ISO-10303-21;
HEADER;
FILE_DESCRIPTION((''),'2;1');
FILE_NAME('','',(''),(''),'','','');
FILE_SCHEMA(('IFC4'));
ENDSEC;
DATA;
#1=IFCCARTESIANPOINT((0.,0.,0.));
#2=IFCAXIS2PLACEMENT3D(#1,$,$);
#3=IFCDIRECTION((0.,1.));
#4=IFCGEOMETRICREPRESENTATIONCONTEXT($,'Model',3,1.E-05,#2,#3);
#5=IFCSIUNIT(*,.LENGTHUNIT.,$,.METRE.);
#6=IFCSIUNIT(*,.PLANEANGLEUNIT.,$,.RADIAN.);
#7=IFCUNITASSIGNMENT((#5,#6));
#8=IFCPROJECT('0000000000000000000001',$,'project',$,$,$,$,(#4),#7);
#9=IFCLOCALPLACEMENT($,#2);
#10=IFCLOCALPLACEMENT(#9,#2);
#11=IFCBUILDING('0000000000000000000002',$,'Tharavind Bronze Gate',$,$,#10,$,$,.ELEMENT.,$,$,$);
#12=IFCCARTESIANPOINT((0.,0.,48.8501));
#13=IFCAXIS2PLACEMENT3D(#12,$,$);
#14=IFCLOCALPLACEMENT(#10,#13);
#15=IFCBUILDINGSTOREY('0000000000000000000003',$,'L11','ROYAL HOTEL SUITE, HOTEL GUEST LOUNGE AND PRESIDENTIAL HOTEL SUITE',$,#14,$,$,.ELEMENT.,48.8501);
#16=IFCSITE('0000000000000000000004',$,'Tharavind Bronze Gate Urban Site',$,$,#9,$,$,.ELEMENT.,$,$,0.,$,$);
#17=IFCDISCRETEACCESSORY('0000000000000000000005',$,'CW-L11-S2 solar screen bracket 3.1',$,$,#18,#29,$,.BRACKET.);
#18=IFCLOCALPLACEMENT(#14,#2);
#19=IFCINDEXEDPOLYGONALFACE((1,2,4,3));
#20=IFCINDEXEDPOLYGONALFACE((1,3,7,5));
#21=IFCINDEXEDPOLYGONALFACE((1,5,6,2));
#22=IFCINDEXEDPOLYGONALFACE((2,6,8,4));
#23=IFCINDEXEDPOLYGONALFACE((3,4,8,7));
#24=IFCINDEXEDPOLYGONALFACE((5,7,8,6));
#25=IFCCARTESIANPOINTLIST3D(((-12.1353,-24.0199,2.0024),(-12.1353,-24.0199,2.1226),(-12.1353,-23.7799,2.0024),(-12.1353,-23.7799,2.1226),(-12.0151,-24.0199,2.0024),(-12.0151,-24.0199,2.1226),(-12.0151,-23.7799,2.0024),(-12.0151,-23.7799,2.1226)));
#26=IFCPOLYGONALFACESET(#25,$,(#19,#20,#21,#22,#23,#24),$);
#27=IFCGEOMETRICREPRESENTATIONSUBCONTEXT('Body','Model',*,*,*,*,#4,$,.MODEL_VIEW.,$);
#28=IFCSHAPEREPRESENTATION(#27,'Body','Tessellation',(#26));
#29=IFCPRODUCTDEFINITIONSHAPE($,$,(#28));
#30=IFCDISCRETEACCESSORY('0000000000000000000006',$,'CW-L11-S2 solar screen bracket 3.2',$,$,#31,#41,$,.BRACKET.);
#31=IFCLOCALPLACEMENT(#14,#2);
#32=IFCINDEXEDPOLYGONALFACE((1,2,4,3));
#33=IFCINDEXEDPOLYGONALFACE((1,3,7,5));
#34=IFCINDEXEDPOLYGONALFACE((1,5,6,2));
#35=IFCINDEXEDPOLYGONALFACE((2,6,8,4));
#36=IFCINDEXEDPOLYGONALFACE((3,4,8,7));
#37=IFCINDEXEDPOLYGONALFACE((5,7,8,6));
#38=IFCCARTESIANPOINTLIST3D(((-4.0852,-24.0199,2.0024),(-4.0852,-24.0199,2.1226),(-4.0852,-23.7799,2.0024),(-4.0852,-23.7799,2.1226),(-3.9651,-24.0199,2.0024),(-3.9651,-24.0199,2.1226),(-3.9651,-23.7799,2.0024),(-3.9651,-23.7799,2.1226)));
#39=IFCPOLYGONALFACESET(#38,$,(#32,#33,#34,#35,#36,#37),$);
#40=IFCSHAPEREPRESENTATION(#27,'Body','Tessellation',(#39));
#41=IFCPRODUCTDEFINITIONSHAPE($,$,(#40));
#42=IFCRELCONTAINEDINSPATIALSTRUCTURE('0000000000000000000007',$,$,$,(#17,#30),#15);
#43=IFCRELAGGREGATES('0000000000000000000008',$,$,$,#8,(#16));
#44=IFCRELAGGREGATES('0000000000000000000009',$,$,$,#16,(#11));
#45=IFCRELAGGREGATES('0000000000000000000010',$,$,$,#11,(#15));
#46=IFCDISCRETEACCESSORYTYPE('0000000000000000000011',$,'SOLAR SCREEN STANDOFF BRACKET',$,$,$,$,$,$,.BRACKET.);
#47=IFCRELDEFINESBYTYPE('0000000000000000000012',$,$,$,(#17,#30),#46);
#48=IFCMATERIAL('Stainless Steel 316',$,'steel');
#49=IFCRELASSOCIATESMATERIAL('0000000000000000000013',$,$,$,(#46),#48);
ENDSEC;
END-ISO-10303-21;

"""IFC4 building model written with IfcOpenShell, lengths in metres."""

from ifc_helpers import new_model, si_unit, direction, frame, origin, origin_2d, place, context, subcontext, project, spatial, rectangle, extrude, material, type_object, element, save


model = new_model("IFC4")

# Units and contexts
model_context = context("Model", 3, precision=1e-05, world=origin(), true_north=direction((0.0, 1.0)))
body_context = subcontext(model_context, "Body", "Model", "MODEL_VIEW")
ifc_project = project(units=[si_unit("LENGTHUNIT", "METRE"), si_unit("PLANEANGLEUNIT", "RADIAN")], contexts=[model_context])

# Site, building, storey
site_placement = place(None, origin())
site = spatial("IfcSite", under=ifc_project, at=site_placement, Name="Tharavind Bronze Gate Urban Site", CompositionType="ELEMENT", RefElevation=0.0)
building_placement = place(site_placement, origin())
building = spatial("IfcBuilding", under=site, at=building_placement, Name="Tharavind Bronze Gate", CompositionType="ELEMENT")
storey_placement = place(building_placement, frame((0.0, 0.0, 48.8501)))
storey = spatial("IfcBuildingStorey", under=building, at=storey_placement, Name="L11", Description="ROYAL HOTEL SUITE, HOTEL GUEST LOUNGE AND PRESIDENTIAL HOTEL SUITE", CompositionType="ELEMENT", Elevation=48.8501)

# Discrete accessories
ifc_material_1 = material(Name="Stainless Steel 316", Category="steel")
discrete_accessory_type = type_object("IfcDiscreteAccessoryType", Name="SOLAR SCREEN STANDOFF BRACKET", PredefinedType="BRACKET", material=ifc_material_1)
for number, where, z_axis, x_axis, name in (
    (1, (-12.0752, -23.8999, 2.0024), (0.0, 0.0, 1.0), (1.0, 0.0, 0.0), "CW-L11-S2 solar screen bracket 3.1"),
    (2, (-4.0251, -23.8999, 2.0024), (0.0, 0.0, 1.0), (1.0, 0.0, 0.0), "CW-L11-S2 solar screen bracket 3.2"),
):
    element("IfcDiscreteAccessory", number, at=place(storey_placement, frame(where, z_axis=z_axis, x_axis=x_axis)), inside=storey, type_object=discrete_accessory_type, Name=name, PredefinedType="BRACKET", context=body_context, shape_type="SweptSolid", body=[
        extrude(rectangle(XDim=0.1201, YDim=0.24, at=origin_2d()), origin(), (0.0, 0.0, 1.0), 0.1201),
    ])

save(model, "model.ifc")
